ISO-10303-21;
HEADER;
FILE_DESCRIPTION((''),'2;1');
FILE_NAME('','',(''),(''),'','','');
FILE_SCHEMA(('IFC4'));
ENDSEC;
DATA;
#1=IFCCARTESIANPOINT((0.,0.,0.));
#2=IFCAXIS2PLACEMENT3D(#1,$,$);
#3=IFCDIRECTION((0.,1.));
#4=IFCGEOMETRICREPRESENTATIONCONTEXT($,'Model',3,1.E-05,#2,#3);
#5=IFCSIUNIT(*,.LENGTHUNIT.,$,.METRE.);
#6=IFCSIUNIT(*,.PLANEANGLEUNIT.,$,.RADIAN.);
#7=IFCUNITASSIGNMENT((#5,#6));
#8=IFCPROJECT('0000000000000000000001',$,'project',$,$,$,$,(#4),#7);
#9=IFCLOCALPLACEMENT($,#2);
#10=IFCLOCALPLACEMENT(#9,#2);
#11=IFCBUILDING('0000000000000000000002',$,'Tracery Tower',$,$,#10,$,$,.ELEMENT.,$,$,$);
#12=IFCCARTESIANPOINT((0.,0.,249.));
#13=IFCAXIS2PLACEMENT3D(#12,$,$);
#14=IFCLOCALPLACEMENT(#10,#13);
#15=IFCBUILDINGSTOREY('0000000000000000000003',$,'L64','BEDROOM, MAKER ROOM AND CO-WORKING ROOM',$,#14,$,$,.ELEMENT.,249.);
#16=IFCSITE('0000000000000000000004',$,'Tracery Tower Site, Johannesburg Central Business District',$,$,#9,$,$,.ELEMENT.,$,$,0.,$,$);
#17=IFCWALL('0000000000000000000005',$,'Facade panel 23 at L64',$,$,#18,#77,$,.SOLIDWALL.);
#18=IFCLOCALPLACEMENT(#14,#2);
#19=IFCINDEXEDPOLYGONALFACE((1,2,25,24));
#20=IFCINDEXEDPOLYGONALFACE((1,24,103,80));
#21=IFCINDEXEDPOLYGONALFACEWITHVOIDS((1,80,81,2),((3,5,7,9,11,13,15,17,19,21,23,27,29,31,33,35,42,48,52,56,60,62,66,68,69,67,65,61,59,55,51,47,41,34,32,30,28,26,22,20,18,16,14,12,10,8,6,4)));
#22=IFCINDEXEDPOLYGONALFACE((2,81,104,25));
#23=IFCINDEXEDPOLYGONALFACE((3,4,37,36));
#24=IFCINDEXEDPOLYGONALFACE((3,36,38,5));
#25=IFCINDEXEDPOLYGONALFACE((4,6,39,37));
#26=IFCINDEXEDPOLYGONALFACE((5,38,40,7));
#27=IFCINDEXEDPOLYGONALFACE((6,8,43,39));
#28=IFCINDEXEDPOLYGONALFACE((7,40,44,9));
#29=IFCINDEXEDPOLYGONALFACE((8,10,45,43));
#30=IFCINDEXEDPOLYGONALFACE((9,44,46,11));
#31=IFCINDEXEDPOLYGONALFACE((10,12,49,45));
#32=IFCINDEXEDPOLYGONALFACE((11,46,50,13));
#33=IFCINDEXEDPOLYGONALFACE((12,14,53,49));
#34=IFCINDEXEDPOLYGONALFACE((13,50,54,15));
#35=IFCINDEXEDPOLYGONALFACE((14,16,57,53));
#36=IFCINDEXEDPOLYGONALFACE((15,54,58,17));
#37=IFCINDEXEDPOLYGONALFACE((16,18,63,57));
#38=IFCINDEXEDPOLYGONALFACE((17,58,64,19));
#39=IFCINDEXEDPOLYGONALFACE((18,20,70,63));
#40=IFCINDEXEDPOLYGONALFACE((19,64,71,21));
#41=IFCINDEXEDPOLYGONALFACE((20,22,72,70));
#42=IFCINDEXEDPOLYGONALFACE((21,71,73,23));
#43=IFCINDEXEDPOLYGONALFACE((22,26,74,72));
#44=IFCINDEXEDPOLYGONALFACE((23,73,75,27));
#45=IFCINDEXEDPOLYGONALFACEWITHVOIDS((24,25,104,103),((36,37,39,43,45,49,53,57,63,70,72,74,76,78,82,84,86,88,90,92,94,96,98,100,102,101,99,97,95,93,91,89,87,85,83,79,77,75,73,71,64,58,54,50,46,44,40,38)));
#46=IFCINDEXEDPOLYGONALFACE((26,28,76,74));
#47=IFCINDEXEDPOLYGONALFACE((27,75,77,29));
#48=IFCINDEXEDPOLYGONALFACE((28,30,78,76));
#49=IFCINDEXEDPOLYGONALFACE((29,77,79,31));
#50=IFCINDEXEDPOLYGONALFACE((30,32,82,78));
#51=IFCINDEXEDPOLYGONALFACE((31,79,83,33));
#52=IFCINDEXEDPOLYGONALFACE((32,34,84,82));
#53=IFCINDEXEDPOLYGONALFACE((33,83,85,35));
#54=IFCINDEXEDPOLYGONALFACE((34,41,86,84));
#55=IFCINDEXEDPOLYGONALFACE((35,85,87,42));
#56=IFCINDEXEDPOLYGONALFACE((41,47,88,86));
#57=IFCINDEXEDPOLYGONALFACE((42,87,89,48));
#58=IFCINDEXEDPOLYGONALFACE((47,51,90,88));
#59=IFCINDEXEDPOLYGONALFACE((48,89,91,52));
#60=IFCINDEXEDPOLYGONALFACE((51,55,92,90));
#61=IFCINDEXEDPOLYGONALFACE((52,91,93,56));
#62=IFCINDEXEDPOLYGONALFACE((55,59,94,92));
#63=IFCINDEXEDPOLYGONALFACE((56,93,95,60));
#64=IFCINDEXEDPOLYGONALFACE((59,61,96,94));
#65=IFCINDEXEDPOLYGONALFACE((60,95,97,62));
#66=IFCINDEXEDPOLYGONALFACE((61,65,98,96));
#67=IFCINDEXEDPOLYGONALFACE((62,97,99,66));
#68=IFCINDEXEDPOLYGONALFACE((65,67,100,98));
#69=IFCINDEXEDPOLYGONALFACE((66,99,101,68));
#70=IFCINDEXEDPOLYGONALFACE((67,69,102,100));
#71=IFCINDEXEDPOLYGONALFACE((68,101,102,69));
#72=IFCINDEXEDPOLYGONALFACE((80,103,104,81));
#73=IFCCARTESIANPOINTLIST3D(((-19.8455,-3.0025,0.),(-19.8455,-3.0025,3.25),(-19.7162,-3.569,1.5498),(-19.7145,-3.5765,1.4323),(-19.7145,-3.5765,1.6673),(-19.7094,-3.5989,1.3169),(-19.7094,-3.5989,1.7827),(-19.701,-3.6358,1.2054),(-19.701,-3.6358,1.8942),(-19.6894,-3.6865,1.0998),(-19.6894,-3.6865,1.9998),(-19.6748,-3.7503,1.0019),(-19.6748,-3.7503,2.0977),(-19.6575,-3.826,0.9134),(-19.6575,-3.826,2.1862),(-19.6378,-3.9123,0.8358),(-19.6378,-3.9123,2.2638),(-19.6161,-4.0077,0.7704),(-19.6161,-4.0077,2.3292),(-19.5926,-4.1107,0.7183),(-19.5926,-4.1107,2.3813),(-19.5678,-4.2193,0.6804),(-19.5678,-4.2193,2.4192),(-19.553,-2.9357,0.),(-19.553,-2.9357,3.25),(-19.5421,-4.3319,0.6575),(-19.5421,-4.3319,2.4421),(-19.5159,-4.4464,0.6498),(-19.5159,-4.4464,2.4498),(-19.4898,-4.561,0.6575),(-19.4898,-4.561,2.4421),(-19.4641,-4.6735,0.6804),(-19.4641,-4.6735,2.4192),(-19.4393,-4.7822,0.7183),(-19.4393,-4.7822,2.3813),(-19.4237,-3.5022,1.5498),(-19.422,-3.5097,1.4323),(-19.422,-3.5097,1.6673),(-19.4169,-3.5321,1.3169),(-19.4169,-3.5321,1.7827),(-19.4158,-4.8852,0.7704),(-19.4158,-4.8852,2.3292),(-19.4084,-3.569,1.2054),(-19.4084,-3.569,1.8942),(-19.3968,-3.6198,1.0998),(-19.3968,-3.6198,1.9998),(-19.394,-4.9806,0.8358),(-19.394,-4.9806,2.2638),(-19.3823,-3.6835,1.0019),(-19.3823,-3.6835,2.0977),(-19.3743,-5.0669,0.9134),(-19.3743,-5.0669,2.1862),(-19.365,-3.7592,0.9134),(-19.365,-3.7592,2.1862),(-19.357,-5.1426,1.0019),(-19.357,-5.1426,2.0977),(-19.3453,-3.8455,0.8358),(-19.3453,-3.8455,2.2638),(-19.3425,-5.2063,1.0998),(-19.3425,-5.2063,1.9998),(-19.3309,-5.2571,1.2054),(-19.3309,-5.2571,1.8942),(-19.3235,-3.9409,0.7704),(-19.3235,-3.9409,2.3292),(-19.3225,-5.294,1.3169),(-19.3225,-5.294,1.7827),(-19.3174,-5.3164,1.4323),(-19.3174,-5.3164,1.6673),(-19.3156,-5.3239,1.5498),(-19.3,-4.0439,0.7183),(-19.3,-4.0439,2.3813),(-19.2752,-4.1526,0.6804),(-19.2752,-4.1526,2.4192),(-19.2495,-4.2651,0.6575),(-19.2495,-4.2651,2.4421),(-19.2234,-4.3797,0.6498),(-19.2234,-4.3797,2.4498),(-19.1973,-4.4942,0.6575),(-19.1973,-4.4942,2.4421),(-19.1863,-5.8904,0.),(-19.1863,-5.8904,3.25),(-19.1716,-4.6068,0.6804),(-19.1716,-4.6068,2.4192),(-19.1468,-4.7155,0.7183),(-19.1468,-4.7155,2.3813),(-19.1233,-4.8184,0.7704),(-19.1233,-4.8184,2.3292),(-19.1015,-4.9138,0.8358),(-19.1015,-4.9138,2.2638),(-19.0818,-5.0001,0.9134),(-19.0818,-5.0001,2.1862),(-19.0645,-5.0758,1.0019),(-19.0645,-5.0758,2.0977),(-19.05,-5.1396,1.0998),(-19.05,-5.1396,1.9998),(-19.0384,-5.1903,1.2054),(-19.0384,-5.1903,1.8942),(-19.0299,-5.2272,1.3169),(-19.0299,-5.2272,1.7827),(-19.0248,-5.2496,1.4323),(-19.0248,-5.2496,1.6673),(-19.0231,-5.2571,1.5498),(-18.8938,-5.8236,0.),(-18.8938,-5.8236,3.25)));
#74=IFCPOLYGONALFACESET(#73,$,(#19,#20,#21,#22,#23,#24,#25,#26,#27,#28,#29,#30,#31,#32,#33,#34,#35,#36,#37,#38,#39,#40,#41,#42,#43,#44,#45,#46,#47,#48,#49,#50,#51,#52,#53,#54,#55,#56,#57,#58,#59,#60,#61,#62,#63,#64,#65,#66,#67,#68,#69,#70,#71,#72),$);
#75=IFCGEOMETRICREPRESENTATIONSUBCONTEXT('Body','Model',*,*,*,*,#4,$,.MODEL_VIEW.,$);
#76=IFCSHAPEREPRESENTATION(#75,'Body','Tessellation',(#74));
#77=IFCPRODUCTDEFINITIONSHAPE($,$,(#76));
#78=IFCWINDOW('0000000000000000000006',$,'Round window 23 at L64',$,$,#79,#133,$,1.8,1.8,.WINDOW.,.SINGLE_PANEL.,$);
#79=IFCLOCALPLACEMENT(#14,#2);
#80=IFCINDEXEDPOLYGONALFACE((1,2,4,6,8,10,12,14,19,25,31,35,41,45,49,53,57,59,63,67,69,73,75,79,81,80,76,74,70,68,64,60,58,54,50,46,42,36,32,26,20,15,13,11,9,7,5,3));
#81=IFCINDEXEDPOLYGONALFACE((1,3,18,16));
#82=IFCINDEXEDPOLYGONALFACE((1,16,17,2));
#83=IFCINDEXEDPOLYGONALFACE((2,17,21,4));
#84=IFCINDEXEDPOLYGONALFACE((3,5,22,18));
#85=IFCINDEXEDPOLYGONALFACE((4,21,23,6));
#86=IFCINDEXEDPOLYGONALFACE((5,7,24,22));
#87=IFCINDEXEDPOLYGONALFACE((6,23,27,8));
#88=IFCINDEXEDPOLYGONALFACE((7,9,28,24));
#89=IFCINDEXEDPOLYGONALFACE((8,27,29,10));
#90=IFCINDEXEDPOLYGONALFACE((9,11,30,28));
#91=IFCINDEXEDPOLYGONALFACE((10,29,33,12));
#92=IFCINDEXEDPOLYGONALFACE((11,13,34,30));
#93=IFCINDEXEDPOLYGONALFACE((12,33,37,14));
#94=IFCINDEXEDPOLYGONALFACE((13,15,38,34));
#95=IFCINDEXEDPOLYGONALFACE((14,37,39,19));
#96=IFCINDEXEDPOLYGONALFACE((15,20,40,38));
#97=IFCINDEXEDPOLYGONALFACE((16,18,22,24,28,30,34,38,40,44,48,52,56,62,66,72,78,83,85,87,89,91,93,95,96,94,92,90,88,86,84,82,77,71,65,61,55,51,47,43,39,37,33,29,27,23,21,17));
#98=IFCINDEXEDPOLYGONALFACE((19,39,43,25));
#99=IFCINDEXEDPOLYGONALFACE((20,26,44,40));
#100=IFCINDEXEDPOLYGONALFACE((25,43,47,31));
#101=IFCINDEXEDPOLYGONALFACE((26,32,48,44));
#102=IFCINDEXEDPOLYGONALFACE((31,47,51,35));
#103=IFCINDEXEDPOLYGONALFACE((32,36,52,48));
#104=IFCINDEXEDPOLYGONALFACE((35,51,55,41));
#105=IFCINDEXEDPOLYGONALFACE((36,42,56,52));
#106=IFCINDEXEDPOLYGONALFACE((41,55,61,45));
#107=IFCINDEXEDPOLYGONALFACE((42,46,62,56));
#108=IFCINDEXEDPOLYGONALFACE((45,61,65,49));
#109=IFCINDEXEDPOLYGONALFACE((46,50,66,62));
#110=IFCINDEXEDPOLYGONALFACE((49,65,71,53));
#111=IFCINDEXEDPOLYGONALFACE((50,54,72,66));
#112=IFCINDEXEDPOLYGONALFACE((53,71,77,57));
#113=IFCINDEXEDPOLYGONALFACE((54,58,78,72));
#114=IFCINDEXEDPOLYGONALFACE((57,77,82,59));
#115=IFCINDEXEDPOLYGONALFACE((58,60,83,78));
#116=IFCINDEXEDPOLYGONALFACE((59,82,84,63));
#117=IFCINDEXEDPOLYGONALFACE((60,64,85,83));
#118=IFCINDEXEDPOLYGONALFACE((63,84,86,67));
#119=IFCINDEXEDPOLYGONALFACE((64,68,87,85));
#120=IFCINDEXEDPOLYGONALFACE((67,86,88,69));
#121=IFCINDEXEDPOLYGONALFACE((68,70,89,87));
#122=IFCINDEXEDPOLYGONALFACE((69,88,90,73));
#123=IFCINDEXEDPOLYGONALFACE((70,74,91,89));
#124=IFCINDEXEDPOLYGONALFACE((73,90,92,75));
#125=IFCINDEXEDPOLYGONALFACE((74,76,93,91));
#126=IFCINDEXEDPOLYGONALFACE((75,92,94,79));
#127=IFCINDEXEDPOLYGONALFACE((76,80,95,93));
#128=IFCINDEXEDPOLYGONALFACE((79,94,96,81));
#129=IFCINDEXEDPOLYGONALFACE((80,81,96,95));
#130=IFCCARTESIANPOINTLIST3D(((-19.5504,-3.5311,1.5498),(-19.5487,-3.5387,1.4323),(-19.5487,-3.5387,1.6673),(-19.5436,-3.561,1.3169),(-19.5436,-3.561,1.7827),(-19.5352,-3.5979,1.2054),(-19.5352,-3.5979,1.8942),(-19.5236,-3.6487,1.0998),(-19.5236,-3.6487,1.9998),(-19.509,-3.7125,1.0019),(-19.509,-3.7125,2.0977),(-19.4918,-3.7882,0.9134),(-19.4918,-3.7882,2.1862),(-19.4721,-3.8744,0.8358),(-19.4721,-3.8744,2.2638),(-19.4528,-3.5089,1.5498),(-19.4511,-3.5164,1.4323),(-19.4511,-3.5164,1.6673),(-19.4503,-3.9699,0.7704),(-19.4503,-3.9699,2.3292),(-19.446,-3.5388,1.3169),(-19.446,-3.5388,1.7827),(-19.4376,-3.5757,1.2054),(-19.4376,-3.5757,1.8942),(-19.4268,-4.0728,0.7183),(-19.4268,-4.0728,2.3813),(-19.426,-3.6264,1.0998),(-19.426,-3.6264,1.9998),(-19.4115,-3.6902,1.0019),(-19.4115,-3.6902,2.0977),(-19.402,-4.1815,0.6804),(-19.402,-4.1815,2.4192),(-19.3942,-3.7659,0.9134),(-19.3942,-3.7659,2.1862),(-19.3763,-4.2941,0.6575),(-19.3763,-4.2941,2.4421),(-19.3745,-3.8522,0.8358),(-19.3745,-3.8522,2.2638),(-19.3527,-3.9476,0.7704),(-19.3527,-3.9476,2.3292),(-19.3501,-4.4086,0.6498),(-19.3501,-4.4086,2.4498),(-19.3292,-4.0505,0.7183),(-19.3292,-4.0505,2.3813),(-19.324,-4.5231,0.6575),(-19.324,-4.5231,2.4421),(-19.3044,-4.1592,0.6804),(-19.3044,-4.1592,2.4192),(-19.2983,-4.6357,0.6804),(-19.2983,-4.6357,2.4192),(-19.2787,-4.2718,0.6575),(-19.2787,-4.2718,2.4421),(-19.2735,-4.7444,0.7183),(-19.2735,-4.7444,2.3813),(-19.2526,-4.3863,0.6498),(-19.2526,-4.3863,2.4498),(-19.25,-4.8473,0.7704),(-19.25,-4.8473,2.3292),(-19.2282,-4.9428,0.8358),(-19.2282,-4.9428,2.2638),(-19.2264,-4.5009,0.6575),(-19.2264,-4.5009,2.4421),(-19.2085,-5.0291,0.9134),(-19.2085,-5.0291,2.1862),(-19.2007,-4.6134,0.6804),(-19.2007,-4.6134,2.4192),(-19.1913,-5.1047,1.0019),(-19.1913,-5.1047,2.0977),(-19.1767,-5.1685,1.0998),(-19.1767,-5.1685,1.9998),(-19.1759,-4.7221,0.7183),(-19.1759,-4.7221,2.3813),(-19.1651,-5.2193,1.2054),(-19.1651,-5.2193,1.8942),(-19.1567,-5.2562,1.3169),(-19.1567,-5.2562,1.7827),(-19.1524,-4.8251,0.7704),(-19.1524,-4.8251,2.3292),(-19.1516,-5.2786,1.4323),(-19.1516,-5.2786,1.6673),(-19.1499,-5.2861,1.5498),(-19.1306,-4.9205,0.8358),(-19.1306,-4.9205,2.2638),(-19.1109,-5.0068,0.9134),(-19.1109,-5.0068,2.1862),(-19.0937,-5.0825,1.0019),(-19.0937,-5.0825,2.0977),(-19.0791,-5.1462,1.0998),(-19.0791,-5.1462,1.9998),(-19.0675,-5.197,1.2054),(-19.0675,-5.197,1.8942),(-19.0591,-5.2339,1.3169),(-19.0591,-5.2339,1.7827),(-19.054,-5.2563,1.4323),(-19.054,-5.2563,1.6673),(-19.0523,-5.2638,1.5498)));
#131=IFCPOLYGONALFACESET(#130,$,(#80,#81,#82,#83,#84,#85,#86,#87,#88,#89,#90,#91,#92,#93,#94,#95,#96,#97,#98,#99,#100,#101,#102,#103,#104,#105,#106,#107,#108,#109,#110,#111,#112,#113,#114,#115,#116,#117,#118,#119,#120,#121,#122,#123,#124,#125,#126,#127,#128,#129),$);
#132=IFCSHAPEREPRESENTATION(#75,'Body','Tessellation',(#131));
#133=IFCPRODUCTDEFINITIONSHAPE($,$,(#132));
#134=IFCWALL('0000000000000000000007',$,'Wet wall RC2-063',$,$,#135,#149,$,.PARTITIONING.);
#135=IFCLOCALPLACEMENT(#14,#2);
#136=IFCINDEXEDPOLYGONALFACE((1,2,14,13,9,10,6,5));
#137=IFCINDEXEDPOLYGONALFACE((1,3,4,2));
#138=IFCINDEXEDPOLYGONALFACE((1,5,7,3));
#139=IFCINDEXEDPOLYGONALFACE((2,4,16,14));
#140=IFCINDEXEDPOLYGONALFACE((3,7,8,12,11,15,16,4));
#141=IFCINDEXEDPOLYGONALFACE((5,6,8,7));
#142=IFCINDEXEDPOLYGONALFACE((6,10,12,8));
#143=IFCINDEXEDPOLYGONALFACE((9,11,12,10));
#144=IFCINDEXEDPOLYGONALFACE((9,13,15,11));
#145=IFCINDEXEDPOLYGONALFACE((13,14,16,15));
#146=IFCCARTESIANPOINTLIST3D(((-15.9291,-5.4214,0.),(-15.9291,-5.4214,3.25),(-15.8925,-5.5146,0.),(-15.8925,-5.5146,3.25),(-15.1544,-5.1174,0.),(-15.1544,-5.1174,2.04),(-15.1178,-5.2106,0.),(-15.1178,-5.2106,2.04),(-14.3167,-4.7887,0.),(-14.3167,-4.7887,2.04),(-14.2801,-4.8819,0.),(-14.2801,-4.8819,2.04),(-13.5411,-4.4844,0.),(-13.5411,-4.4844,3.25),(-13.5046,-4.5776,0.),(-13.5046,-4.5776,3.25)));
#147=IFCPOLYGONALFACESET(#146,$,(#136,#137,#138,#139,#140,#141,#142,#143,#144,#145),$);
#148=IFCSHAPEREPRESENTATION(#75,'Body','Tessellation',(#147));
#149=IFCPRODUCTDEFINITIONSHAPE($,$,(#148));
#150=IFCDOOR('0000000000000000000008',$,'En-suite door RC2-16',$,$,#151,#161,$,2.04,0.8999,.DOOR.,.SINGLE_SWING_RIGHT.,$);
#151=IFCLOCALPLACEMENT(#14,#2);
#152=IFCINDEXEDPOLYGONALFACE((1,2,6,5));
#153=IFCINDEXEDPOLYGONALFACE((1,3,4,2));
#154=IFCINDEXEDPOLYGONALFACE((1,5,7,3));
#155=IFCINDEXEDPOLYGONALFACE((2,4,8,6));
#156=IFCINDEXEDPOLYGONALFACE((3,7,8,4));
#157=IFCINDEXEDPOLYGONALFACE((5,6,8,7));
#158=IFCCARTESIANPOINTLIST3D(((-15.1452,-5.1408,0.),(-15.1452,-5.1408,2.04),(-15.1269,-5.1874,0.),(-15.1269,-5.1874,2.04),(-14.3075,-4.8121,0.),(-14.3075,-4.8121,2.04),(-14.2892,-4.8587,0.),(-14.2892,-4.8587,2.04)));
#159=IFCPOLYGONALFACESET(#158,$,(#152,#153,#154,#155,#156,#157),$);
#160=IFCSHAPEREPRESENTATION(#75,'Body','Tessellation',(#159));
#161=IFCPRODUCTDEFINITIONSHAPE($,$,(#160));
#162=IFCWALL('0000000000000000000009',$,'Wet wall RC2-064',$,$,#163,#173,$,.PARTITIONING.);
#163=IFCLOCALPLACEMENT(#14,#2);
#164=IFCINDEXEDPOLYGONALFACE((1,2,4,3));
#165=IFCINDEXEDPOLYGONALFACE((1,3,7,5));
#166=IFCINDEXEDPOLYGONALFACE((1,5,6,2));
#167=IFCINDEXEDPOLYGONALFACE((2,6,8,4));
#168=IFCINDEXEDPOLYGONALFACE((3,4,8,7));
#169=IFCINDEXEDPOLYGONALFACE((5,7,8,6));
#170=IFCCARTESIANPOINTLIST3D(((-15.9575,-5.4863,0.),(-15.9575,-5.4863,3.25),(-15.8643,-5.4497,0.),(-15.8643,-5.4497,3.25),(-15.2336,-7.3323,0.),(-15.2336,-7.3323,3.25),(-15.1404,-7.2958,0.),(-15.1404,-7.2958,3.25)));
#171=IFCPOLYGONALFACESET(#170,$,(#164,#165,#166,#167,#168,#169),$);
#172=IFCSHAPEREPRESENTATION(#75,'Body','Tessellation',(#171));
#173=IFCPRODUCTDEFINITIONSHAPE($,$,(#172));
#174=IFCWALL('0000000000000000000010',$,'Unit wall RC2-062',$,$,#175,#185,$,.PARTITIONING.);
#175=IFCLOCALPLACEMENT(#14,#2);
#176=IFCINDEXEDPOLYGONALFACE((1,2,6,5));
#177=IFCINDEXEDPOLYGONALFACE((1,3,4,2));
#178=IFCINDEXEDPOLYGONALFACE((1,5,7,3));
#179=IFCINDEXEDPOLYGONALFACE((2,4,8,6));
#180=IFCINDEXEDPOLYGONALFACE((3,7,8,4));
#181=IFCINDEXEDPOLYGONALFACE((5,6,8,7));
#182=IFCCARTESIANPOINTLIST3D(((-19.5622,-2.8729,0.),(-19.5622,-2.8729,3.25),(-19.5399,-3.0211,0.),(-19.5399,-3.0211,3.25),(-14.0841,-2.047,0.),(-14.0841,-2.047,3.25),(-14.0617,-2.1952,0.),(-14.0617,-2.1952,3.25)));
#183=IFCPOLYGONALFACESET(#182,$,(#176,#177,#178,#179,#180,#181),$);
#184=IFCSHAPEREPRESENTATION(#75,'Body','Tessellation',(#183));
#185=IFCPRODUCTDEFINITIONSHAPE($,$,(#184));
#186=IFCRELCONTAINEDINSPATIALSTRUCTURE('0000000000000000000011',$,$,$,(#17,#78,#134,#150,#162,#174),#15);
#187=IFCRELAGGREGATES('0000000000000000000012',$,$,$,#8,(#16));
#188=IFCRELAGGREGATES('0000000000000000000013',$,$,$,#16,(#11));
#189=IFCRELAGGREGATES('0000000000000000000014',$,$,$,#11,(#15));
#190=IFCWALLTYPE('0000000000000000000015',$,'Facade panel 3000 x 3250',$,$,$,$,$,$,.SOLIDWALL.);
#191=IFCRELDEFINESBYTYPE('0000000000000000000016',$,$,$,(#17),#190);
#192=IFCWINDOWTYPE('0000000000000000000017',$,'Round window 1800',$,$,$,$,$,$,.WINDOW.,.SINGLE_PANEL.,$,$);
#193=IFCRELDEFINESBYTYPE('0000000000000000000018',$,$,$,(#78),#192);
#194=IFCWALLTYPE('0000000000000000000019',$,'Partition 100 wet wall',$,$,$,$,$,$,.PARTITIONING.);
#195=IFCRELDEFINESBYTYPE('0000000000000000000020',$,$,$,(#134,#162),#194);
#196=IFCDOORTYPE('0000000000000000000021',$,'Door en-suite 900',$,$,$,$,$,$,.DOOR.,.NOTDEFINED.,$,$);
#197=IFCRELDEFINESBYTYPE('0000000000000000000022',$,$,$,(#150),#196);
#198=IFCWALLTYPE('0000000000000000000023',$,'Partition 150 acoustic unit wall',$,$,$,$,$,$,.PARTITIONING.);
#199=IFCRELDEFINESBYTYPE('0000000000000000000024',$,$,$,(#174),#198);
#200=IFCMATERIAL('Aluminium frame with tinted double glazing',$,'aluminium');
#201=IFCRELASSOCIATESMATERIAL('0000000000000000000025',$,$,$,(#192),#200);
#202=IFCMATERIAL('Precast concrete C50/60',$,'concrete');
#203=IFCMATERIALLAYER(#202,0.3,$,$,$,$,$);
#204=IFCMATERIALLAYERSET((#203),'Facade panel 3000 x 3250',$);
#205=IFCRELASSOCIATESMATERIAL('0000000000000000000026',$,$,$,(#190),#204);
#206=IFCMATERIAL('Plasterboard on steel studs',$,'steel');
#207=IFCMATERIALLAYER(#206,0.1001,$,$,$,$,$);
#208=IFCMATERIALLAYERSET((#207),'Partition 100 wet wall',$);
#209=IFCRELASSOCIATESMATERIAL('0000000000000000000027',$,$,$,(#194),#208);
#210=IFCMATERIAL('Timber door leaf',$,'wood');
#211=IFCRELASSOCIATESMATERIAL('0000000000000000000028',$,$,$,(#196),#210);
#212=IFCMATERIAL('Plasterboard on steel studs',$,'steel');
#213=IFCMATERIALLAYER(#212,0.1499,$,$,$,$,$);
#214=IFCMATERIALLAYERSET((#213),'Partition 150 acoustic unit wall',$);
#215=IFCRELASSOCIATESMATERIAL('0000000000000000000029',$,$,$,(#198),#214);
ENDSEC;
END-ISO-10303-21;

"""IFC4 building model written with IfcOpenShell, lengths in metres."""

from ifc_helpers import new_model, si_unit, direction, frame, frame_2d, origin, origin_2d, place, context, subcontext, project, spatial, rectangle, circle, extrude, material, layer, layer_set, type_object, element, fill, save


model = new_model("IFC4")

# Units and contexts
model_context = context("Model", 3, precision=1e-05, world=origin(), true_north=direction((0.0, 1.0)))
body_context = subcontext(model_context, "Body", "Model", "MODEL_VIEW")
ifc_project = project(units=[si_unit("LENGTHUNIT", "METRE"), si_unit("PLANEANGLEUNIT", "RADIAN")], contexts=[model_context])

# Site, building, storey
site_placement = place(None, origin())
site = spatial("IfcSite", under=ifc_project, at=site_placement, Name="Tracery Tower Site, Johannesburg Central Business District", CompositionType="ELEMENT", RefElevation=0.0)
building_placement = place(site_placement, origin())
building = spatial("IfcBuilding", under=site, at=building_placement, Name="Tracery Tower", CompositionType="ELEMENT")
storey_placement = place(building_placement, frame((0.0, 0.0, 249.0)))
storey = spatial("IfcBuildingStorey", under=building, at=storey_placement, Name="L64", Description="BEDROOM, MAKER ROOM AND CO-WORKING ROOM", CompositionType="ELEMENT", Elevation=249.0)

# Wall, opening, window
ifc_material_1 = material(Name="Aluminium frame with tinted double glazing", Category="aluminium")
window_type = type_object("IfcWindowType", Name="Round window 1800", PartitioningType="SINGLE_PANEL", PredefinedType="WINDOW", material=ifc_material_1)
ifc_material_2 = material(Name="Precast concrete C50/60", Category="concrete")
ifc_layer_1 = layer(ifc_material_2, 0.3)
ifc_layer_set_1 = layer_set([ifc_layer_1], Name="Facade panel 3000 x 3250")
wall_type_1 = type_object("IfcWallType", Name="Facade panel 3000 x 3250", PredefinedType="SOLIDWALL", material=ifc_layer_set_1)
wall_1_placement = place(storey_placement, frame((-19.6992, -2.9692, 0.0), z_axis=(0.0, 0.0, 1.0), x_axis=(0.222529, -0.974926, 0.0)))
wall_1 = element("IfcWall", 1, at=wall_1_placement, inside=storey, type_object=wall_type_1, Name="Facade panel 23 at L64", PredefinedType="SOLIDWALL", context=body_context, shape_type="SweptSolid", body=[
    extrude(rectangle(XDim=2.9622, YDim=0.3, at=frame_2d((1.481, 0.0))), origin(), (0.0, 0.0, 1.0), 3.25),
])
opening_1_placement = place(wall_1_placement, frame((1.481, 0.0, 1.5498)))
opening_1 = element("IfcOpeningElement", 2, at=opening_1_placement, cuts=wall_1, PredefinedType="OPENING", context=body_context, shape_type="SweptSolid", body=[
    extrude(circle(Radius=0.9, at=origin_2d()), frame((0.0, 0.1599, 0.0), z_axis=(0.0, -1.0, 0.0), x_axis=(1.0, 0.0, 0.0)), (0.0, 0.0, 1.0), 0.3201),
])
window_1_placement = place(opening_1_placement, origin())
window_1 = element("IfcWindow", 3, at=window_1_placement, inside=storey, type_object=window_type, Name="Round window 23 at L64", OverallHeight=1.8, OverallWidth=1.8, PartitioningType="SINGLE_PANEL", PredefinedType="WINDOW", context=body_context, shape_type="SweptSolid", body=[
    extrude(circle(Radius=0.9, at=origin_2d()), frame((0.0, 0.1201, 0.0), z_axis=(0.0, -1.0, 0.0), x_axis=(1.0, 0.0, 0.0)), (0.0, 0.0, 1.0), 0.1001),
])
fill(opening_1, window_1)

# Wall, opening, door
ifc_material_3 = material(Name="Plasterboard on steel studs", Category="steel")
ifc_layer_2 = layer(ifc_material_3, 0.1001)
ifc_layer_set_2 = layer_set([ifc_layer_2], Name="Partition 100 wet wall")
wall_type_2 = type_object("IfcWallType", Name="Partition 100 wet wall", PredefinedType="PARTITIONING", material=ifc_layer_set_2)
wall_2_placement = place(storey_placement, frame((-15.9109, -5.468, 0.0), z_axis=(0.0, 0.0, 1.0), x_axis=(0.930898, 0.365278, 0.0)))
wall_2 = element("IfcWall", 4, at=wall_2_placement, inside=storey, type_object=wall_type_2, Name="Wet wall RC2-063", PredefinedType="PARTITIONING", context=body_context, shape_type="SweptSolid", body=[
    extrude(rectangle(XDim=2.5652, YDim=0.1001, at=frame_2d((1.2827, 0.0))), origin(), (0.0, 0.0, 1.0), 3.25),
])
opening_2_placement = place(wall_2_placement, frame((0.8323, 0.0, 0.0)))
opening_2 = element("IfcOpeningElement", 5, at=opening_2_placement, cuts=wall_2, PredefinedType="OPENING", context=body_context, shape_type="SweptSolid", body=[
    extrude(rectangle(XDim=0.8999, YDim=2.04, at=frame_2d((0.45, 1.02))), frame((0.0, 0.05, 0.0), z_axis=(0.0, -1.0, 0.0), x_axis=(1.0, 0.0, 0.0)), (0.0, 0.0, 1.0), 0.1001),
])
ifc_material_4 = material(Name="Timber door leaf", Category="wood")
door_type = type_object("IfcDoorType", Name="Door en-suite 900", OperationType="NOTDEFINED", PredefinedType="DOOR", material=ifc_material_4)
door_placement = place(opening_2_placement, origin())
door = element("IfcDoor", 6, at=door_placement, inside=storey, type_object=door_type, Name="En-suite door RC2-16", OperationType="SINGLE_SWING_RIGHT", OverallHeight=2.04, OverallWidth=0.8999, PredefinedType="DOOR", context=body_context, shape_type="SweptSolid", body=[
    extrude(rectangle(XDim=0.8999, YDim=2.04, at=frame_2d((0.45, 1.02))), frame((0.0, 0.0249, 0.0), z_axis=(0.0, -1.0, 0.0), x_axis=(1.0, 0.0, 0.0)), (0.0, 0.0, 1.0), 0.05),
])
fill(opening_2, door)

# Walls
wall_3_placement = place(storey_placement, frame((-15.9109, -5.468, 0.0), z_axis=(0.0, 0.0, 1.0), x_axis=(0.365077, -0.930977, 0.0)))
element("IfcWall", 7, at=wall_3_placement, inside=storey, type_object=wall_type_2, Name="Wet wall RC2-064", PredefinedType="PARTITIONING", context=body_context, shape_type="SweptSolid", body=[
    extrude(rectangle(XDim=1.9829, YDim=0.1001, at=frame_2d((0.9915, 0.0))), origin(), (0.0, 0.0, 1.0), 3.25),
])
ifc_material_5 = material(Name="Plasterboard on steel studs", Category="steel")
ifc_layer_3 = layer(ifc_material_5, 0.1499)
ifc_layer_set_3 = layer_set([ifc_layer_3], Name="Partition 150 acoustic unit wall")
wall_type_3 = type_object("IfcWallType", Name="Partition 150 acoustic unit wall", PredefinedType="PARTITIONING", material=ifc_layer_set_3)
wall_4_placement = place(storey_placement, frame((-19.551, -2.947, 0.0), z_axis=(0.0, 0.0, 1.0), x_axis=(0.988824, 0.149086, 0.0)))
element("IfcWall", 8, at=wall_4_placement, inside=storey, type_object=wall_type_3, Name="Unit wall RC2-062", PredefinedType="PARTITIONING", context=body_context, shape_type="SweptSolid", body=[
    extrude(rectangle(XDim=5.54, YDim=0.1499, at=frame_2d((2.77, 0.0))), origin(), (0.0, 0.0, 1.0), 3.25),
])

save(model, "model.ifc")
